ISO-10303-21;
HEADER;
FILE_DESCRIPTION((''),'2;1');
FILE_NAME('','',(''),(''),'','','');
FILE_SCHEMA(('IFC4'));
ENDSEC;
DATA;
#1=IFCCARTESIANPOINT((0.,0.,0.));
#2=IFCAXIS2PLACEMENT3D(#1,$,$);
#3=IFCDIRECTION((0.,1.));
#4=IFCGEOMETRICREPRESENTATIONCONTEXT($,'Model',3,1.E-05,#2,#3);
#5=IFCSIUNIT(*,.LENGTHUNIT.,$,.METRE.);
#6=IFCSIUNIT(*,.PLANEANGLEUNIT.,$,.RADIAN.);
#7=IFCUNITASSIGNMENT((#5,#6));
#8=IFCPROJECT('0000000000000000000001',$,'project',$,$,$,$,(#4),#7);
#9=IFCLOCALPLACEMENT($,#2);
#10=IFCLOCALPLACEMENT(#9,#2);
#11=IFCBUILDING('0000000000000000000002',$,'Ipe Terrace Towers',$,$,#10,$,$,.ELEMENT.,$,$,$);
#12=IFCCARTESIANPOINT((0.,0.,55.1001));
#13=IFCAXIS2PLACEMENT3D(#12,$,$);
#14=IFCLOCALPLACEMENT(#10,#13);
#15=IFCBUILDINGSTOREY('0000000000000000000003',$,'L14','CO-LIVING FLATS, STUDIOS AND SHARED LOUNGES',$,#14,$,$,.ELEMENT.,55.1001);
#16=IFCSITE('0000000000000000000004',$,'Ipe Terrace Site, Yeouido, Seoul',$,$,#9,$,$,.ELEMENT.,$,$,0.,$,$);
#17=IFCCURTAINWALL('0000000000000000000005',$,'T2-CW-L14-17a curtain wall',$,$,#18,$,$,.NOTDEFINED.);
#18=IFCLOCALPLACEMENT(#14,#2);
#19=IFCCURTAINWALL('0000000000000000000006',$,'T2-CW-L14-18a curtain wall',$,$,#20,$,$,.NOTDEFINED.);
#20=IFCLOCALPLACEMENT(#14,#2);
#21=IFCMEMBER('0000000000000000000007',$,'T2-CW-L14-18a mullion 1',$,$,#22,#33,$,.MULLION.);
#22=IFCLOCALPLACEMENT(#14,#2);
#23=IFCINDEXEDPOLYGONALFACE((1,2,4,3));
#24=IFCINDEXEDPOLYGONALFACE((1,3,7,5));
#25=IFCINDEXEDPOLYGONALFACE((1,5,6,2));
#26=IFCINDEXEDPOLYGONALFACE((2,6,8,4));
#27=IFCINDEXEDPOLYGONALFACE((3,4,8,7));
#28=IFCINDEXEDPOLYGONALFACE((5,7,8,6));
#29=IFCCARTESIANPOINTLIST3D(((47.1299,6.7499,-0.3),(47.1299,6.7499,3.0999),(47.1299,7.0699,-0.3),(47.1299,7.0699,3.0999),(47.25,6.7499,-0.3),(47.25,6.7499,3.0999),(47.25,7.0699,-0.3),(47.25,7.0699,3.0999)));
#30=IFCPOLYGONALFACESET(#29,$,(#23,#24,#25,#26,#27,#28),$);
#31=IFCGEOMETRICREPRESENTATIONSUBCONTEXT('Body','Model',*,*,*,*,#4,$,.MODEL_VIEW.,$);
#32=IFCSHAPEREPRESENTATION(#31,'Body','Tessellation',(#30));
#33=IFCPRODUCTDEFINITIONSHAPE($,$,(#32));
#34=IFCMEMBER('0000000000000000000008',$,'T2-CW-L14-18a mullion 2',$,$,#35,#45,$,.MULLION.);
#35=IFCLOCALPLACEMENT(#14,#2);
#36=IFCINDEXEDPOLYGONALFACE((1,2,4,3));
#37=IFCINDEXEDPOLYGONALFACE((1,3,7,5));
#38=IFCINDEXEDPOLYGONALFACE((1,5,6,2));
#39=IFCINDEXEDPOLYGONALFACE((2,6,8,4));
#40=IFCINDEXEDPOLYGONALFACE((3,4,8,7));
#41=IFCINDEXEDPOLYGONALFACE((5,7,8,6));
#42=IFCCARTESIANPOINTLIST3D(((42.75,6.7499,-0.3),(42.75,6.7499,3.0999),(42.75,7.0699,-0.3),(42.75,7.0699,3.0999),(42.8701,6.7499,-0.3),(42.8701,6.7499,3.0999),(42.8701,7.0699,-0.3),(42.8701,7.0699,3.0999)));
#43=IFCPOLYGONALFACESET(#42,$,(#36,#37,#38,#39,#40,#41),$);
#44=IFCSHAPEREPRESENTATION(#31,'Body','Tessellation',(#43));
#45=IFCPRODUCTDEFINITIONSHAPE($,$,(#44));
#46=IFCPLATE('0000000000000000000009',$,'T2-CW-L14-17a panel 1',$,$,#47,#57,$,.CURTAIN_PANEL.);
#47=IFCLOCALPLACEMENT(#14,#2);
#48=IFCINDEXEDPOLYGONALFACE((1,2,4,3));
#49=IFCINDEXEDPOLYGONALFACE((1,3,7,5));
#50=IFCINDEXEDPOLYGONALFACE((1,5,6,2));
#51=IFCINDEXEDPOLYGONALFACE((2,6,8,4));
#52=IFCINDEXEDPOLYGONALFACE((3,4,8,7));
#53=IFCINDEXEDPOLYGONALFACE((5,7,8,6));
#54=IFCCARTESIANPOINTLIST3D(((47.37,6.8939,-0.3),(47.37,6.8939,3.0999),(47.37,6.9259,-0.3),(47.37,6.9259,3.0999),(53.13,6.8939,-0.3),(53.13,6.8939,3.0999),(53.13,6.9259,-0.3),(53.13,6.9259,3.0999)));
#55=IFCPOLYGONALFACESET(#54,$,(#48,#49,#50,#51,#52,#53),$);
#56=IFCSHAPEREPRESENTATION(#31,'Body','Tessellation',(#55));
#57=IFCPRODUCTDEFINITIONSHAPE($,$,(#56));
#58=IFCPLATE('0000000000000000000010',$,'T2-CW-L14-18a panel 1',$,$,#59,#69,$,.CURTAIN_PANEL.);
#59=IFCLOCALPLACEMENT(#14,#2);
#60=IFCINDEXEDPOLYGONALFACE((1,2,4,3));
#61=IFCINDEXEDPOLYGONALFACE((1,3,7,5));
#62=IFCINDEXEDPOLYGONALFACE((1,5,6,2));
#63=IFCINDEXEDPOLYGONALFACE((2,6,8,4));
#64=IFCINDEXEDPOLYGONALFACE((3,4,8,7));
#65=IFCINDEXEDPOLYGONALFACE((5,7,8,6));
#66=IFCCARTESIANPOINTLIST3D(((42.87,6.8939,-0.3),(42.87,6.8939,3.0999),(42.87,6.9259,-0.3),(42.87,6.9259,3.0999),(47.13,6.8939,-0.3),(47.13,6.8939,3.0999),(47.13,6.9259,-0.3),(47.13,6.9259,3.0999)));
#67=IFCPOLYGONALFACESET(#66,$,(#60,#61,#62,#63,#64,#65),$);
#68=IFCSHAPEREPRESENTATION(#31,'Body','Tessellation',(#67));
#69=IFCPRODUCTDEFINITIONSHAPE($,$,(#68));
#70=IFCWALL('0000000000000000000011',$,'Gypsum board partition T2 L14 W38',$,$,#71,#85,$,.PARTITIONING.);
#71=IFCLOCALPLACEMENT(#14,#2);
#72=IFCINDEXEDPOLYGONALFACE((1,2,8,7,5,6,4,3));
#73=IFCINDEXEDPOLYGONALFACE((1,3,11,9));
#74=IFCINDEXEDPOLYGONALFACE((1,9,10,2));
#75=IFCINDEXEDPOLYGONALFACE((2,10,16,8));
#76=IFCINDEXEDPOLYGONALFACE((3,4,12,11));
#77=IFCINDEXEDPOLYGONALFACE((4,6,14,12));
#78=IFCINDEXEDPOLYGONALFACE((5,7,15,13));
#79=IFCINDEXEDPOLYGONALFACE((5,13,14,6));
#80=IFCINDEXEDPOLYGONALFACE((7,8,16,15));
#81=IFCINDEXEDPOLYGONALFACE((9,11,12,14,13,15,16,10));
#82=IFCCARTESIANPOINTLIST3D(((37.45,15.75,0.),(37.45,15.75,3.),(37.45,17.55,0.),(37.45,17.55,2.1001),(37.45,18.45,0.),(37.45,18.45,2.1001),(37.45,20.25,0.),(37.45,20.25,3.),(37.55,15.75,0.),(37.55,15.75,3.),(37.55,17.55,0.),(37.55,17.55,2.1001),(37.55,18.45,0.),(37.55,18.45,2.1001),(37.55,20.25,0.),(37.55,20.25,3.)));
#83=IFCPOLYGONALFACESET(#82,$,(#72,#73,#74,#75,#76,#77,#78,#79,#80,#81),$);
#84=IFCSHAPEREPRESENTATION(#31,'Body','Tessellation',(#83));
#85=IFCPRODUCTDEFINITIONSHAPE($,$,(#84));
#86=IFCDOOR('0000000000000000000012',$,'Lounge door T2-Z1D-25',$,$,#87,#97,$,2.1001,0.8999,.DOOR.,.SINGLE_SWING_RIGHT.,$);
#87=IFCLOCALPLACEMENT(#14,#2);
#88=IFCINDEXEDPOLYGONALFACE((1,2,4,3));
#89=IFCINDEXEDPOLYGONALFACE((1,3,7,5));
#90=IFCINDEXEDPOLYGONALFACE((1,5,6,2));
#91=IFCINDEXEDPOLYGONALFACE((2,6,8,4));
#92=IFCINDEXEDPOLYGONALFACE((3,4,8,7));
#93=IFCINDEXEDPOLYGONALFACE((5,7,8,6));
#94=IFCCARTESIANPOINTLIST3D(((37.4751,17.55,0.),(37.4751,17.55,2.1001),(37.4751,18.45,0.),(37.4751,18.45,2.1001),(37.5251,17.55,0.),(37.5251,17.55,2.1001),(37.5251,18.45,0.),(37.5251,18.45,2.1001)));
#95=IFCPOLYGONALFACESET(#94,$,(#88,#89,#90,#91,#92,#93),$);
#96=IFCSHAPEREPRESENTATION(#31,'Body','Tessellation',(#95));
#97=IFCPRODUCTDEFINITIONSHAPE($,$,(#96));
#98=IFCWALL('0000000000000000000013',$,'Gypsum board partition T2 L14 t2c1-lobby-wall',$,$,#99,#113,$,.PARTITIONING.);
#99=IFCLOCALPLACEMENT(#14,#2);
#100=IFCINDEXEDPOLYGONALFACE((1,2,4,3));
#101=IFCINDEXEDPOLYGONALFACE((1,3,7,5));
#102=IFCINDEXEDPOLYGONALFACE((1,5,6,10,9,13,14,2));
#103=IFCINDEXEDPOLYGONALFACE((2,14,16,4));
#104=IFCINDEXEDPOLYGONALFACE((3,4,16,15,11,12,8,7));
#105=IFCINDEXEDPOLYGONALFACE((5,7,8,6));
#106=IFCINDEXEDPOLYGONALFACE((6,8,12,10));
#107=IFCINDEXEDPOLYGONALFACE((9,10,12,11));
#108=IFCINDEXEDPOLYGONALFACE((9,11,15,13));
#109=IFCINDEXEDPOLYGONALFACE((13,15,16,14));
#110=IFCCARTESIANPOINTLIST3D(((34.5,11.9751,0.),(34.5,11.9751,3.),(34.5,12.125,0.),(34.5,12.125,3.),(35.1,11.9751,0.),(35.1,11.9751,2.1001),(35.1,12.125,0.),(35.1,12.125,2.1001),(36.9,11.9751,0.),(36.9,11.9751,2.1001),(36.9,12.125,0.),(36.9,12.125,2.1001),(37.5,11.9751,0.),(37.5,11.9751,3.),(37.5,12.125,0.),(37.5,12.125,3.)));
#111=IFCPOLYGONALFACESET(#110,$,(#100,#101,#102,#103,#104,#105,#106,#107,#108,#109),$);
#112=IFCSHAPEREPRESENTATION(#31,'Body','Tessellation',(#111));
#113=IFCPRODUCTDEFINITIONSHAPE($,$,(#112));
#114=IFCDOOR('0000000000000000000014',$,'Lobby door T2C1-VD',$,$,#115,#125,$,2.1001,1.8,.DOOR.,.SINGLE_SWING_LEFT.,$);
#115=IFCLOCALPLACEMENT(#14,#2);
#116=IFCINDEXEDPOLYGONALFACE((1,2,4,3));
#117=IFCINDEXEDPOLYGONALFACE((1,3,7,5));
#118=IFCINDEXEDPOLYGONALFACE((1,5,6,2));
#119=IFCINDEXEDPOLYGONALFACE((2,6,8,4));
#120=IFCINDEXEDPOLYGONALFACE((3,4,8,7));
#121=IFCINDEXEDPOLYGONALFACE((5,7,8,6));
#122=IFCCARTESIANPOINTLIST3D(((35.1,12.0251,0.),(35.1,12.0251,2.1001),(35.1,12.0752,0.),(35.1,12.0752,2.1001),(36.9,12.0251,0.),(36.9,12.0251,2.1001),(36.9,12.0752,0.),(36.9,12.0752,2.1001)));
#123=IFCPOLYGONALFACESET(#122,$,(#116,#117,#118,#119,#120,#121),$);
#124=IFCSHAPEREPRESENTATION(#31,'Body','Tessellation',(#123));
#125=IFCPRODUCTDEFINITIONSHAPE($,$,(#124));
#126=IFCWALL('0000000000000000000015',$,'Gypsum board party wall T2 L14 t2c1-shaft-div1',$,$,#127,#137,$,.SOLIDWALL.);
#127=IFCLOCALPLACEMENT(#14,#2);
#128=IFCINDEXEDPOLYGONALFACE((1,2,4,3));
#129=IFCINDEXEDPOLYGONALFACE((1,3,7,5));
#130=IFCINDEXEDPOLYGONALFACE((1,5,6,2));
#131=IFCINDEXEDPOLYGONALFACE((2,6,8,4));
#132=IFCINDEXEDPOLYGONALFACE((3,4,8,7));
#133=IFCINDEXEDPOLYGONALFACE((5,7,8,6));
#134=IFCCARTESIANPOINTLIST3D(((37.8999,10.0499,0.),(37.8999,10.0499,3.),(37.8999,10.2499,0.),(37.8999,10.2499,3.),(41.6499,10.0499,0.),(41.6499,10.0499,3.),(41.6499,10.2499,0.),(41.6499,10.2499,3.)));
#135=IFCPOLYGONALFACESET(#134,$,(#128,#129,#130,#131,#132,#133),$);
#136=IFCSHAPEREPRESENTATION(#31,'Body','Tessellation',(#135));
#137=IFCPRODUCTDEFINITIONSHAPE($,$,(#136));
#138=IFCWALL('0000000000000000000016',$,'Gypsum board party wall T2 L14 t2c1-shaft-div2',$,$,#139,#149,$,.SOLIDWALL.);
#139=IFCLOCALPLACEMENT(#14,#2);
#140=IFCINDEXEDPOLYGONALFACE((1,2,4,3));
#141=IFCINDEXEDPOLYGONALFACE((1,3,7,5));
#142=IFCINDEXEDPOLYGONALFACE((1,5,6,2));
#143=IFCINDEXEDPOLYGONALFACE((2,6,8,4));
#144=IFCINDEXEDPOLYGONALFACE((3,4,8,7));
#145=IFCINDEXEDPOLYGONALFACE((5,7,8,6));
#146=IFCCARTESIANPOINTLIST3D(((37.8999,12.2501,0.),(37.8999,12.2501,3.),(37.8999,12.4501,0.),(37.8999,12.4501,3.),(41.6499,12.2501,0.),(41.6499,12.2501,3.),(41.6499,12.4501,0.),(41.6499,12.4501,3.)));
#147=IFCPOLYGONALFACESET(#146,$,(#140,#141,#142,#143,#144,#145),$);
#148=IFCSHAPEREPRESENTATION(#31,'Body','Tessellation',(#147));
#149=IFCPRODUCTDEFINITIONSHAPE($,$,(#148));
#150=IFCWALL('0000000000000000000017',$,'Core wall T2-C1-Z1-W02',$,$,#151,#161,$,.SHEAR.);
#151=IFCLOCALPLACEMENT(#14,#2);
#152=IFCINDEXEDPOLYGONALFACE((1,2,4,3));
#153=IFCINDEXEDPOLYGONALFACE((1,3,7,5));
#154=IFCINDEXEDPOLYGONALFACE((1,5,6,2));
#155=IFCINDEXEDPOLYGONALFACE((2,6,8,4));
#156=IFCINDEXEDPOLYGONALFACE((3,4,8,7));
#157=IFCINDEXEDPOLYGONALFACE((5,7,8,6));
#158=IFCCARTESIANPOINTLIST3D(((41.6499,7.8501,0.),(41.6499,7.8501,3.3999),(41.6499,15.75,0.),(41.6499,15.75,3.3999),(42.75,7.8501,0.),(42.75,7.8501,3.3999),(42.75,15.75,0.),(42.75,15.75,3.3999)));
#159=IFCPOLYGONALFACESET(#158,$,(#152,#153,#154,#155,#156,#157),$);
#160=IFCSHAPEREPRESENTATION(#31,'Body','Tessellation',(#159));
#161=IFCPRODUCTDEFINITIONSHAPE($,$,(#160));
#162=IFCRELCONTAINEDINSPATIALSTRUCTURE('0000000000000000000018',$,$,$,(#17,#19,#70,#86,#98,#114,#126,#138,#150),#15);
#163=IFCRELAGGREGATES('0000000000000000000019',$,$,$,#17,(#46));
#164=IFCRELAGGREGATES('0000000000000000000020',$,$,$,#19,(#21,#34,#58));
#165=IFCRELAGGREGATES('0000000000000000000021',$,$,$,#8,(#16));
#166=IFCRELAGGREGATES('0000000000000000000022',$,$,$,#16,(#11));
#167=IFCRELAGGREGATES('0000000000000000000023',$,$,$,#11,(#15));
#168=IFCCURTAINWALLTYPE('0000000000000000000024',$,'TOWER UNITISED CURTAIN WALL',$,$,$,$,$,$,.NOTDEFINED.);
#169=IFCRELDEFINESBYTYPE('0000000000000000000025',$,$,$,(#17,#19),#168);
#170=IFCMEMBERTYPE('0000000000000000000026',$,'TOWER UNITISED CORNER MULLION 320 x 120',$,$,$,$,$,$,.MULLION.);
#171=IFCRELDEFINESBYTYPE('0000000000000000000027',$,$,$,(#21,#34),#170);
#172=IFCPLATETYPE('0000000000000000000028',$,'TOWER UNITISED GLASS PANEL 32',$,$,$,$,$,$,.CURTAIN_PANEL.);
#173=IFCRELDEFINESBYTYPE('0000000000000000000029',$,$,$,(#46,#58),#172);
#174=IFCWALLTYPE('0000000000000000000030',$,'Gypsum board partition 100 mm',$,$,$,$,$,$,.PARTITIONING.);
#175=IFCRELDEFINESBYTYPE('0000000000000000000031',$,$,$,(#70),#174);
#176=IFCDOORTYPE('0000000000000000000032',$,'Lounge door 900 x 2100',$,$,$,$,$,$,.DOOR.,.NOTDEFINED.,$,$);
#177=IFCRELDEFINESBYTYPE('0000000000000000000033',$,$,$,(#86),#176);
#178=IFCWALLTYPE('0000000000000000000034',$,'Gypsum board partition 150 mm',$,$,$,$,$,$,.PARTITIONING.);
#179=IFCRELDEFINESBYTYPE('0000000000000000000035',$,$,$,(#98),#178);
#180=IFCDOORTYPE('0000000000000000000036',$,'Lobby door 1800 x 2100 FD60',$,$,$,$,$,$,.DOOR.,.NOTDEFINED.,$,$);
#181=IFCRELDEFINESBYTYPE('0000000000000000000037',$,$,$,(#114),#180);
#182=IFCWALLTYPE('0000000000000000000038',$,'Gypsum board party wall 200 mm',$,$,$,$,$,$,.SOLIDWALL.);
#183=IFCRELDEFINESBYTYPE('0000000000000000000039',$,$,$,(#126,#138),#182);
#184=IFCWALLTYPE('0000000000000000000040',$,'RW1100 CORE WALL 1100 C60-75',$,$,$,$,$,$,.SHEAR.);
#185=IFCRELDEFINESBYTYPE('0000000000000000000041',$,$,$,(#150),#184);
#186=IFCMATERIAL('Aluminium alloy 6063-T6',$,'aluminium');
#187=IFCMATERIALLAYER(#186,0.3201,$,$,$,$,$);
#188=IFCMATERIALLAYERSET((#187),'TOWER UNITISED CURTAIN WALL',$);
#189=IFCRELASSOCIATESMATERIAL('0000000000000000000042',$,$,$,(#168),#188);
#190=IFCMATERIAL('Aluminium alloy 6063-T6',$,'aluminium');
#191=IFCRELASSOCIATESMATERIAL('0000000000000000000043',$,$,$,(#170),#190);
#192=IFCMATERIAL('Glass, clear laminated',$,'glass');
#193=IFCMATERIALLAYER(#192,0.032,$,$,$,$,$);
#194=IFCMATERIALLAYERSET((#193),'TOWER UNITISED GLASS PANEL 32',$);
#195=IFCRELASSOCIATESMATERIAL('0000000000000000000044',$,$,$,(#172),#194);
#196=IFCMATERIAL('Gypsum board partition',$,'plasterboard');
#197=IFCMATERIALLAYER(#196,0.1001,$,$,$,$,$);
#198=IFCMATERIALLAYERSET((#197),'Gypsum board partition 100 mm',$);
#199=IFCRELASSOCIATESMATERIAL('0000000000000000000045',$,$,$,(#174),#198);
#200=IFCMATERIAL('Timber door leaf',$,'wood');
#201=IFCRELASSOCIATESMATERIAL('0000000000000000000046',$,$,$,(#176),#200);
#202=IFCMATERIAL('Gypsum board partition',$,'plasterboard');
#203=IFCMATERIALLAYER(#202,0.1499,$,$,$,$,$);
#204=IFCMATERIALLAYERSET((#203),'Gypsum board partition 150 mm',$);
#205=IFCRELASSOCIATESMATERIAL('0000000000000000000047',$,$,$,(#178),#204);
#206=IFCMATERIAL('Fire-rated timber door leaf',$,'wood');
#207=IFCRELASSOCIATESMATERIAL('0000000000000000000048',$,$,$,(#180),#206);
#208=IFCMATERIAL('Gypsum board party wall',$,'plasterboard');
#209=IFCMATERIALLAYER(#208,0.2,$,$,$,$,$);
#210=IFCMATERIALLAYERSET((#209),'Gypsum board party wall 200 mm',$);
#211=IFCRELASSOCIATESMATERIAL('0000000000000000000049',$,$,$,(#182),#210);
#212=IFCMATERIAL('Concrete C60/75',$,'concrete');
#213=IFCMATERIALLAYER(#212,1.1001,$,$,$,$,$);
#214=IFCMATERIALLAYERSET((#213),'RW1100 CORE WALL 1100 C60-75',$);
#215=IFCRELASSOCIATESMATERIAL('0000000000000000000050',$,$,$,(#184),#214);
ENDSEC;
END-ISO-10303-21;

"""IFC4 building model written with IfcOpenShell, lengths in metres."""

from ifc_helpers import new_model, si_unit, direction, frame, frame_2d, origin, origin_2d, place, context, subcontext, project, spatial, rectangle, extrude, material, layer, layer_set, material_profile, profile_set, type_object, element, fill, aggregate, save


model = new_model("IFC4")

# Units and contexts
model_context = context("Model", 3, precision=1e-05, world=origin(), true_north=direction((0.0, 1.0)))
body_context = subcontext(model_context, "Body", "Model", "MODEL_VIEW")
ifc_project = project(units=[si_unit("LENGTHUNIT", "METRE"), si_unit("PLANEANGLEUNIT", "RADIAN")], contexts=[model_context])

# Site, building, storey
site_placement = place(None, origin())
site = spatial("IfcSite", under=ifc_project, at=site_placement, Name="Ipe Terrace Site, Yeouido, Seoul", CompositionType="ELEMENT", RefElevation=0.0)
building_placement = place(site_placement, origin())
building = spatial("IfcBuilding", under=site, at=building_placement, Name="Ipe Terrace Towers", CompositionType="ELEMENT")
storey_placement = place(building_placement, frame((0.0, 0.0, 55.1001)))
storey = spatial("IfcBuildingStorey", under=building, at=storey_placement, Name="L14", Description="CO-LIVING FLATS, STUDIOS AND SHARED LOUNGES", CompositionType="ELEMENT", Elevation=55.1001)

# Curtain walls, members
ifc_material_1 = material(Name="Aluminium alloy 6063-T6", Category="aluminium")
ifc_layer_1 = layer(ifc_material_1, 0.3201)
ifc_layer_set_1 = layer_set([ifc_layer_1], Name="TOWER UNITISED CURTAIN WALL")
curtain_wall_type = type_object("IfcCurtainWallType", Name="TOWER UNITISED CURTAIN WALL", PredefinedType="NOTDEFINED", material=ifc_layer_set_1)
curtain_wall_1_placement = place(storey_placement, origin())
curtain_wall_1 = element("IfcCurtainWall", 1, at=curtain_wall_1_placement, inside=storey, type_object=curtain_wall_type, Name="T2-CW-L14-17a curtain wall", PredefinedType="NOTDEFINED")
ifc_material_2 = material(Name="Aluminium alloy 6063-T6", Category="aluminium")
ifc_material_profile_1 = material_profile(ifc_material_2, rectangle(XDim=0.3201, YDim=0.1201, at=origin_2d()), Name="TOWER UNITISED CORNER MULLION 320 x 120")
ifc_profile_set_1 = profile_set([ifc_material_profile_1], Name="Aluminium alloy 6063-T6")
member_type = type_object("IfcMemberType", Name="TOWER UNITISED CORNER MULLION 320 x 120", PredefinedType="MULLION", material=ifc_profile_set_1)
curtain_wall_2_placement = place(storey_placement, origin())
curtain_wall_2 = element("IfcCurtainWall", 2, at=curtain_wall_2_placement, inside=storey, type_object=curtain_wall_type, Name="T2-CW-L14-18a curtain wall", PredefinedType="NOTDEFINED")
member_1_placement = place(storey_placement, frame((47.1899, 6.9099, -0.3), z_axis=(0.0, 0.0, 1.0), x_axis=(0.0, 1.0, 0.0)))
member_1 = element("IfcMember", 3, at=member_1_placement, type_object=member_type, Name="T2-CW-L14-18a mullion 1", PredefinedType="MULLION", context=body_context, shape_type="SweptSolid", body=[
    extrude(rectangle(XDim=0.3201, YDim=0.1201, at=origin_2d()), origin(), (0.0, 0.0, 1.0), 3.3999),
])
member_2_placement = place(storey_placement, frame((42.8101, 6.9099, -0.3), z_axis=(0.0, 0.0, 1.0), x_axis=(0.0, 1.0, 0.0)))
member_2 = element("IfcMember", 4, at=member_2_placement, type_object=member_type, Name="T2-CW-L14-18a mullion 2", PredefinedType="MULLION", context=body_context, shape_type="SweptSolid", body=[
    extrude(rectangle(XDim=0.3201, YDim=0.1201, at=origin_2d()), origin(), (0.0, 0.0, 1.0), 3.3999),
])

# Plates
ifc_material_3 = material(Name="Glass, clear laminated", Category="glass")
ifc_layer_2 = layer(ifc_material_3, 0.032)
ifc_layer_set_2 = layer_set([ifc_layer_2], Name="TOWER UNITISED GLASS PANEL 32")
plate_type = type_object("IfcPlateType", Name="TOWER UNITISED GLASS PANEL 32", PredefinedType="CURTAIN_PANEL", material=ifc_layer_set_2)
plate_1_placement = place(storey_placement, frame((50.25, 6.9099, -0.3), z_axis=(0.0, 0.0, 1.0), x_axis=(-1.0, 0.0, 0.0)))
plate_1 = element("IfcPlate", 5, at=plate_1_placement, type_object=plate_type, Name="T2-CW-L14-17a panel 1", PredefinedType="CURTAIN_PANEL", context=body_context, shape_type="SweptSolid", body=[
    extrude(rectangle(XDim=5.76, YDim=0.032, at=origin_2d()), origin(), (0.0, 0.0, 1.0), 3.3999),
])
aggregate(curtain_wall_1, [plate_1])
plate_2_placement = place(storey_placement, frame((45.0, 6.9099, -0.3), z_axis=(0.0, 0.0, 1.0), x_axis=(-1.0, 0.0, 0.0)))
plate_2 = element("IfcPlate", 6, at=plate_2_placement, type_object=plate_type, Name="T2-CW-L14-18a panel 1", PredefinedType="CURTAIN_PANEL", context=body_context, shape_type="SweptSolid", body=[
    extrude(rectangle(XDim=4.26, YDim=0.032, at=origin_2d()), origin(), (0.0, 0.0, 1.0), 3.3999),
])
aggregate(curtain_wall_2, [member_1, member_2, plate_2])

# Walls, openings, doors
ifc_material_4 = material(Name="Gypsum board partition", Category="plasterboard")
ifc_layer_3 = layer(ifc_material_4, 0.1001)
ifc_layer_set_3 = layer_set([ifc_layer_3], Name="Gypsum board partition 100 mm")
wall_type_1 = type_object("IfcWallType", Name="Gypsum board partition 100 mm", PredefinedType="PARTITIONING", material=ifc_layer_set_3)
wall_1_placement = place(storey_placement, frame((37.5, 15.75, 0.0), z_axis=(0.0, 0.0, 1.0), x_axis=(0.0, 1.0, 0.0)))
wall_1 = element("IfcWall", 7, at=wall_1_placement, inside=storey, type_object=wall_type_1, Name="Gypsum board partition T2 L14 W38", PredefinedType="PARTITIONING", context=body_context, shape_type="SweptSolid", body=[
    extrude(rectangle(XDim=4.5, YDim=0.1001, at=frame_2d((2.25, 0.0))), origin(), (0.0, 0.0, 1.0), 3.0),
])
opening_1_placement = place(wall_1_placement, frame((1.8, 0.0, 0.0)))
opening_1 = element("IfcOpeningElement", 8, at=opening_1_placement, cuts=wall_1, PredefinedType="OPENING", context=body_context, shape_type="SweptSolid", body=[
    extrude(rectangle(XDim=0.8999, YDim=2.1001, at=frame_2d((0.45, 1.05))), frame((0.0, 0.0601, 0.0), z_axis=(0.0, -1.0, 0.0), x_axis=(1.0, 0.0, 0.0)), (0.0, 0.0, 1.0), 0.1201),
])
ifc_material_5 = material(Name="Timber door leaf", Category="wood")
door_type_1 = type_object("IfcDoorType", Name="Lounge door 900 x 2100", OperationType="NOTDEFINED", PredefinedType="DOOR", material=ifc_material_5)
door_1_placement = place(opening_1_placement, origin())
door_1 = element("IfcDoor", 9, at=door_1_placement, inside=storey, type_object=door_type_1, Name="Lounge door T2-Z1D-25", OperationType="SINGLE_SWING_RIGHT", OverallHeight=2.1001, OverallWidth=0.8999, PredefinedType="DOOR", context=body_context, shape_type="SweptSolid", body=[
    extrude(rectangle(XDim=0.8999, YDim=2.1001, at=frame_2d((0.45, 1.05))), frame((0.0, 0.0249, 0.0), z_axis=(0.0, -1.0, 0.0), x_axis=(1.0, 0.0, 0.0)), (0.0, 0.0, 1.0), 0.05),
])
fill(opening_1, door_1)
ifc_material_6 = material(Name="Gypsum board partition", Category="plasterboard")
ifc_layer_4 = layer(ifc_material_6, 0.1499)
ifc_layer_set_4 = layer_set([ifc_layer_4], Name="Gypsum board partition 150 mm")
wall_type_2 = type_object("IfcWallType", Name="Gypsum board partition 150 mm", PredefinedType="PARTITIONING", material=ifc_layer_set_4)
wall_2_placement = place(storey_placement, frame((37.5, 12.05, 0.0), z_axis=(0.0, 0.0, 1.0), x_axis=(-1.0, 0.0, 0.0)))
wall_2 = element("IfcWall", 10, at=wall_2_placement, inside=storey, type_object=wall_type_2, Name="Gypsum board partition T2 L14 t2c1-lobby-wall", PredefinedType="PARTITIONING", context=body_context, shape_type="SweptSolid", body=[
    extrude(rectangle(XDim=3.0, YDim=0.1499, at=frame_2d((1.5, 0.0))), origin(), (0.0, 0.0, 1.0), 3.0),
])
opening_2_placement = place(wall_2_placement, frame((0.6001, 0.0, 0.0)))
opening_2 = element("IfcOpeningElement", 11, at=opening_2_placement, cuts=wall_2, PredefinedType="OPENING", context=body_context, shape_type="SweptSolid", body=[
    extrude(rectangle(XDim=1.8, YDim=2.1001, at=frame_2d((0.8999, 1.05))), frame((0.0, 0.085, 0.0), z_axis=(0.0, -1.0, 0.0), x_axis=(1.0, 0.0, 0.0)), (0.0, 0.0, 1.0), 0.1699),
])
ifc_material_7 = material(Name="Fire-rated timber door leaf", Category="wood")
door_type_2 = type_object("IfcDoorType", Name="Lobby door 1800 x 2100 FD60", OperationType="NOTDEFINED", PredefinedType="DOOR", material=ifc_material_7)
door_2_placement = place(opening_2_placement, origin())
door_2 = element("IfcDoor", 12, at=door_2_placement, inside=storey, type_object=door_type_2, Name="Lobby door T2C1-VD", OperationType="SINGLE_SWING_LEFT", OverallHeight=2.1001, OverallWidth=1.8, PredefinedType="DOOR", context=body_context, shape_type="SweptSolid", body=[
    extrude(rectangle(XDim=1.8, YDim=2.1001, at=frame_2d((0.8999, 1.05))), frame((0.0, 0.0249, 0.0), z_axis=(0.0, -1.0, 0.0), x_axis=(1.0, 0.0, 0.0)), (0.0, 0.0, 1.0), 0.05),
])
fill(opening_2, door_2)

# Walls
ifc_material_8 = material(Name="Gypsum board party wall", Category="plasterboard")
ifc_layer_5 = layer(ifc_material_8, 0.2)
ifc_layer_set_5 = layer_set([ifc_layer_5], Name="Gypsum board party wall 200 mm")
wall_type_3 = type_object("IfcWallType", Name="Gypsum board party wall 200 mm", PredefinedType="SOLIDWALL", material=ifc_layer_set_5)
for number, where, z_axis, x_axis, name in (
    (13, (41.6499, 10.1499, 0.0), (0.0, 0.0, 1.0), (-1.0, 0.0, 0.0), "Gypsum board party wall T2 L14 t2c1-shaft-div1"),
    (14, (41.6499, 12.3501, 0.0), (0.0, 0.0, 1.0), (-1.0, 0.0, 0.0), "Gypsum board party wall T2 L14 t2c1-shaft-div2"),
):
    element("IfcWall", number, at=place(storey_placement, frame(where, z_axis=z_axis, x_axis=x_axis)), inside=storey, type_object=wall_type_3, Name=name, PredefinedType="SOLIDWALL", context=body_context, shape_type="SweptSolid", body=[
        extrude(rectangle(XDim=3.75, YDim=0.2, at=frame_2d((1.875, 0.0))), origin(), (0.0, 0.0, 1.0), 3.0),
    ])
ifc_material_9 = material(Name="Concrete C60/75", Category="concrete")
ifc_layer_6 = layer(ifc_material_9, 1.1001)
ifc_layer_set_6 = layer_set([ifc_layer_6], Name="RW1100 CORE WALL 1100 C60-75")
wall_type_4 = type_object("IfcWallType", Name="RW1100 CORE WALL 1100 C60-75", PredefinedType="SHEAR", material=ifc_layer_set_6)
wall_3_placement = place(storey_placement, frame((42.2, 7.8501, 0.0), z_axis=(0.0, 0.0, 1.0), x_axis=(0.0, 1.0, 0.0)))
element("IfcWall", 15, at=wall_3_placement, inside=storey, type_object=wall_type_4, Name="Core wall T2-C1-Z1-W02", PredefinedType="SHEAR", context=body_context, shape_type="SweptSolid", body=[
    extrude(rectangle(XDim=7.8999, YDim=1.1001, at=frame_2d((3.95, 0.0))), origin(), (0.0, 0.0, 1.0), 3.3999),
])

save(model, "model.ifc")
